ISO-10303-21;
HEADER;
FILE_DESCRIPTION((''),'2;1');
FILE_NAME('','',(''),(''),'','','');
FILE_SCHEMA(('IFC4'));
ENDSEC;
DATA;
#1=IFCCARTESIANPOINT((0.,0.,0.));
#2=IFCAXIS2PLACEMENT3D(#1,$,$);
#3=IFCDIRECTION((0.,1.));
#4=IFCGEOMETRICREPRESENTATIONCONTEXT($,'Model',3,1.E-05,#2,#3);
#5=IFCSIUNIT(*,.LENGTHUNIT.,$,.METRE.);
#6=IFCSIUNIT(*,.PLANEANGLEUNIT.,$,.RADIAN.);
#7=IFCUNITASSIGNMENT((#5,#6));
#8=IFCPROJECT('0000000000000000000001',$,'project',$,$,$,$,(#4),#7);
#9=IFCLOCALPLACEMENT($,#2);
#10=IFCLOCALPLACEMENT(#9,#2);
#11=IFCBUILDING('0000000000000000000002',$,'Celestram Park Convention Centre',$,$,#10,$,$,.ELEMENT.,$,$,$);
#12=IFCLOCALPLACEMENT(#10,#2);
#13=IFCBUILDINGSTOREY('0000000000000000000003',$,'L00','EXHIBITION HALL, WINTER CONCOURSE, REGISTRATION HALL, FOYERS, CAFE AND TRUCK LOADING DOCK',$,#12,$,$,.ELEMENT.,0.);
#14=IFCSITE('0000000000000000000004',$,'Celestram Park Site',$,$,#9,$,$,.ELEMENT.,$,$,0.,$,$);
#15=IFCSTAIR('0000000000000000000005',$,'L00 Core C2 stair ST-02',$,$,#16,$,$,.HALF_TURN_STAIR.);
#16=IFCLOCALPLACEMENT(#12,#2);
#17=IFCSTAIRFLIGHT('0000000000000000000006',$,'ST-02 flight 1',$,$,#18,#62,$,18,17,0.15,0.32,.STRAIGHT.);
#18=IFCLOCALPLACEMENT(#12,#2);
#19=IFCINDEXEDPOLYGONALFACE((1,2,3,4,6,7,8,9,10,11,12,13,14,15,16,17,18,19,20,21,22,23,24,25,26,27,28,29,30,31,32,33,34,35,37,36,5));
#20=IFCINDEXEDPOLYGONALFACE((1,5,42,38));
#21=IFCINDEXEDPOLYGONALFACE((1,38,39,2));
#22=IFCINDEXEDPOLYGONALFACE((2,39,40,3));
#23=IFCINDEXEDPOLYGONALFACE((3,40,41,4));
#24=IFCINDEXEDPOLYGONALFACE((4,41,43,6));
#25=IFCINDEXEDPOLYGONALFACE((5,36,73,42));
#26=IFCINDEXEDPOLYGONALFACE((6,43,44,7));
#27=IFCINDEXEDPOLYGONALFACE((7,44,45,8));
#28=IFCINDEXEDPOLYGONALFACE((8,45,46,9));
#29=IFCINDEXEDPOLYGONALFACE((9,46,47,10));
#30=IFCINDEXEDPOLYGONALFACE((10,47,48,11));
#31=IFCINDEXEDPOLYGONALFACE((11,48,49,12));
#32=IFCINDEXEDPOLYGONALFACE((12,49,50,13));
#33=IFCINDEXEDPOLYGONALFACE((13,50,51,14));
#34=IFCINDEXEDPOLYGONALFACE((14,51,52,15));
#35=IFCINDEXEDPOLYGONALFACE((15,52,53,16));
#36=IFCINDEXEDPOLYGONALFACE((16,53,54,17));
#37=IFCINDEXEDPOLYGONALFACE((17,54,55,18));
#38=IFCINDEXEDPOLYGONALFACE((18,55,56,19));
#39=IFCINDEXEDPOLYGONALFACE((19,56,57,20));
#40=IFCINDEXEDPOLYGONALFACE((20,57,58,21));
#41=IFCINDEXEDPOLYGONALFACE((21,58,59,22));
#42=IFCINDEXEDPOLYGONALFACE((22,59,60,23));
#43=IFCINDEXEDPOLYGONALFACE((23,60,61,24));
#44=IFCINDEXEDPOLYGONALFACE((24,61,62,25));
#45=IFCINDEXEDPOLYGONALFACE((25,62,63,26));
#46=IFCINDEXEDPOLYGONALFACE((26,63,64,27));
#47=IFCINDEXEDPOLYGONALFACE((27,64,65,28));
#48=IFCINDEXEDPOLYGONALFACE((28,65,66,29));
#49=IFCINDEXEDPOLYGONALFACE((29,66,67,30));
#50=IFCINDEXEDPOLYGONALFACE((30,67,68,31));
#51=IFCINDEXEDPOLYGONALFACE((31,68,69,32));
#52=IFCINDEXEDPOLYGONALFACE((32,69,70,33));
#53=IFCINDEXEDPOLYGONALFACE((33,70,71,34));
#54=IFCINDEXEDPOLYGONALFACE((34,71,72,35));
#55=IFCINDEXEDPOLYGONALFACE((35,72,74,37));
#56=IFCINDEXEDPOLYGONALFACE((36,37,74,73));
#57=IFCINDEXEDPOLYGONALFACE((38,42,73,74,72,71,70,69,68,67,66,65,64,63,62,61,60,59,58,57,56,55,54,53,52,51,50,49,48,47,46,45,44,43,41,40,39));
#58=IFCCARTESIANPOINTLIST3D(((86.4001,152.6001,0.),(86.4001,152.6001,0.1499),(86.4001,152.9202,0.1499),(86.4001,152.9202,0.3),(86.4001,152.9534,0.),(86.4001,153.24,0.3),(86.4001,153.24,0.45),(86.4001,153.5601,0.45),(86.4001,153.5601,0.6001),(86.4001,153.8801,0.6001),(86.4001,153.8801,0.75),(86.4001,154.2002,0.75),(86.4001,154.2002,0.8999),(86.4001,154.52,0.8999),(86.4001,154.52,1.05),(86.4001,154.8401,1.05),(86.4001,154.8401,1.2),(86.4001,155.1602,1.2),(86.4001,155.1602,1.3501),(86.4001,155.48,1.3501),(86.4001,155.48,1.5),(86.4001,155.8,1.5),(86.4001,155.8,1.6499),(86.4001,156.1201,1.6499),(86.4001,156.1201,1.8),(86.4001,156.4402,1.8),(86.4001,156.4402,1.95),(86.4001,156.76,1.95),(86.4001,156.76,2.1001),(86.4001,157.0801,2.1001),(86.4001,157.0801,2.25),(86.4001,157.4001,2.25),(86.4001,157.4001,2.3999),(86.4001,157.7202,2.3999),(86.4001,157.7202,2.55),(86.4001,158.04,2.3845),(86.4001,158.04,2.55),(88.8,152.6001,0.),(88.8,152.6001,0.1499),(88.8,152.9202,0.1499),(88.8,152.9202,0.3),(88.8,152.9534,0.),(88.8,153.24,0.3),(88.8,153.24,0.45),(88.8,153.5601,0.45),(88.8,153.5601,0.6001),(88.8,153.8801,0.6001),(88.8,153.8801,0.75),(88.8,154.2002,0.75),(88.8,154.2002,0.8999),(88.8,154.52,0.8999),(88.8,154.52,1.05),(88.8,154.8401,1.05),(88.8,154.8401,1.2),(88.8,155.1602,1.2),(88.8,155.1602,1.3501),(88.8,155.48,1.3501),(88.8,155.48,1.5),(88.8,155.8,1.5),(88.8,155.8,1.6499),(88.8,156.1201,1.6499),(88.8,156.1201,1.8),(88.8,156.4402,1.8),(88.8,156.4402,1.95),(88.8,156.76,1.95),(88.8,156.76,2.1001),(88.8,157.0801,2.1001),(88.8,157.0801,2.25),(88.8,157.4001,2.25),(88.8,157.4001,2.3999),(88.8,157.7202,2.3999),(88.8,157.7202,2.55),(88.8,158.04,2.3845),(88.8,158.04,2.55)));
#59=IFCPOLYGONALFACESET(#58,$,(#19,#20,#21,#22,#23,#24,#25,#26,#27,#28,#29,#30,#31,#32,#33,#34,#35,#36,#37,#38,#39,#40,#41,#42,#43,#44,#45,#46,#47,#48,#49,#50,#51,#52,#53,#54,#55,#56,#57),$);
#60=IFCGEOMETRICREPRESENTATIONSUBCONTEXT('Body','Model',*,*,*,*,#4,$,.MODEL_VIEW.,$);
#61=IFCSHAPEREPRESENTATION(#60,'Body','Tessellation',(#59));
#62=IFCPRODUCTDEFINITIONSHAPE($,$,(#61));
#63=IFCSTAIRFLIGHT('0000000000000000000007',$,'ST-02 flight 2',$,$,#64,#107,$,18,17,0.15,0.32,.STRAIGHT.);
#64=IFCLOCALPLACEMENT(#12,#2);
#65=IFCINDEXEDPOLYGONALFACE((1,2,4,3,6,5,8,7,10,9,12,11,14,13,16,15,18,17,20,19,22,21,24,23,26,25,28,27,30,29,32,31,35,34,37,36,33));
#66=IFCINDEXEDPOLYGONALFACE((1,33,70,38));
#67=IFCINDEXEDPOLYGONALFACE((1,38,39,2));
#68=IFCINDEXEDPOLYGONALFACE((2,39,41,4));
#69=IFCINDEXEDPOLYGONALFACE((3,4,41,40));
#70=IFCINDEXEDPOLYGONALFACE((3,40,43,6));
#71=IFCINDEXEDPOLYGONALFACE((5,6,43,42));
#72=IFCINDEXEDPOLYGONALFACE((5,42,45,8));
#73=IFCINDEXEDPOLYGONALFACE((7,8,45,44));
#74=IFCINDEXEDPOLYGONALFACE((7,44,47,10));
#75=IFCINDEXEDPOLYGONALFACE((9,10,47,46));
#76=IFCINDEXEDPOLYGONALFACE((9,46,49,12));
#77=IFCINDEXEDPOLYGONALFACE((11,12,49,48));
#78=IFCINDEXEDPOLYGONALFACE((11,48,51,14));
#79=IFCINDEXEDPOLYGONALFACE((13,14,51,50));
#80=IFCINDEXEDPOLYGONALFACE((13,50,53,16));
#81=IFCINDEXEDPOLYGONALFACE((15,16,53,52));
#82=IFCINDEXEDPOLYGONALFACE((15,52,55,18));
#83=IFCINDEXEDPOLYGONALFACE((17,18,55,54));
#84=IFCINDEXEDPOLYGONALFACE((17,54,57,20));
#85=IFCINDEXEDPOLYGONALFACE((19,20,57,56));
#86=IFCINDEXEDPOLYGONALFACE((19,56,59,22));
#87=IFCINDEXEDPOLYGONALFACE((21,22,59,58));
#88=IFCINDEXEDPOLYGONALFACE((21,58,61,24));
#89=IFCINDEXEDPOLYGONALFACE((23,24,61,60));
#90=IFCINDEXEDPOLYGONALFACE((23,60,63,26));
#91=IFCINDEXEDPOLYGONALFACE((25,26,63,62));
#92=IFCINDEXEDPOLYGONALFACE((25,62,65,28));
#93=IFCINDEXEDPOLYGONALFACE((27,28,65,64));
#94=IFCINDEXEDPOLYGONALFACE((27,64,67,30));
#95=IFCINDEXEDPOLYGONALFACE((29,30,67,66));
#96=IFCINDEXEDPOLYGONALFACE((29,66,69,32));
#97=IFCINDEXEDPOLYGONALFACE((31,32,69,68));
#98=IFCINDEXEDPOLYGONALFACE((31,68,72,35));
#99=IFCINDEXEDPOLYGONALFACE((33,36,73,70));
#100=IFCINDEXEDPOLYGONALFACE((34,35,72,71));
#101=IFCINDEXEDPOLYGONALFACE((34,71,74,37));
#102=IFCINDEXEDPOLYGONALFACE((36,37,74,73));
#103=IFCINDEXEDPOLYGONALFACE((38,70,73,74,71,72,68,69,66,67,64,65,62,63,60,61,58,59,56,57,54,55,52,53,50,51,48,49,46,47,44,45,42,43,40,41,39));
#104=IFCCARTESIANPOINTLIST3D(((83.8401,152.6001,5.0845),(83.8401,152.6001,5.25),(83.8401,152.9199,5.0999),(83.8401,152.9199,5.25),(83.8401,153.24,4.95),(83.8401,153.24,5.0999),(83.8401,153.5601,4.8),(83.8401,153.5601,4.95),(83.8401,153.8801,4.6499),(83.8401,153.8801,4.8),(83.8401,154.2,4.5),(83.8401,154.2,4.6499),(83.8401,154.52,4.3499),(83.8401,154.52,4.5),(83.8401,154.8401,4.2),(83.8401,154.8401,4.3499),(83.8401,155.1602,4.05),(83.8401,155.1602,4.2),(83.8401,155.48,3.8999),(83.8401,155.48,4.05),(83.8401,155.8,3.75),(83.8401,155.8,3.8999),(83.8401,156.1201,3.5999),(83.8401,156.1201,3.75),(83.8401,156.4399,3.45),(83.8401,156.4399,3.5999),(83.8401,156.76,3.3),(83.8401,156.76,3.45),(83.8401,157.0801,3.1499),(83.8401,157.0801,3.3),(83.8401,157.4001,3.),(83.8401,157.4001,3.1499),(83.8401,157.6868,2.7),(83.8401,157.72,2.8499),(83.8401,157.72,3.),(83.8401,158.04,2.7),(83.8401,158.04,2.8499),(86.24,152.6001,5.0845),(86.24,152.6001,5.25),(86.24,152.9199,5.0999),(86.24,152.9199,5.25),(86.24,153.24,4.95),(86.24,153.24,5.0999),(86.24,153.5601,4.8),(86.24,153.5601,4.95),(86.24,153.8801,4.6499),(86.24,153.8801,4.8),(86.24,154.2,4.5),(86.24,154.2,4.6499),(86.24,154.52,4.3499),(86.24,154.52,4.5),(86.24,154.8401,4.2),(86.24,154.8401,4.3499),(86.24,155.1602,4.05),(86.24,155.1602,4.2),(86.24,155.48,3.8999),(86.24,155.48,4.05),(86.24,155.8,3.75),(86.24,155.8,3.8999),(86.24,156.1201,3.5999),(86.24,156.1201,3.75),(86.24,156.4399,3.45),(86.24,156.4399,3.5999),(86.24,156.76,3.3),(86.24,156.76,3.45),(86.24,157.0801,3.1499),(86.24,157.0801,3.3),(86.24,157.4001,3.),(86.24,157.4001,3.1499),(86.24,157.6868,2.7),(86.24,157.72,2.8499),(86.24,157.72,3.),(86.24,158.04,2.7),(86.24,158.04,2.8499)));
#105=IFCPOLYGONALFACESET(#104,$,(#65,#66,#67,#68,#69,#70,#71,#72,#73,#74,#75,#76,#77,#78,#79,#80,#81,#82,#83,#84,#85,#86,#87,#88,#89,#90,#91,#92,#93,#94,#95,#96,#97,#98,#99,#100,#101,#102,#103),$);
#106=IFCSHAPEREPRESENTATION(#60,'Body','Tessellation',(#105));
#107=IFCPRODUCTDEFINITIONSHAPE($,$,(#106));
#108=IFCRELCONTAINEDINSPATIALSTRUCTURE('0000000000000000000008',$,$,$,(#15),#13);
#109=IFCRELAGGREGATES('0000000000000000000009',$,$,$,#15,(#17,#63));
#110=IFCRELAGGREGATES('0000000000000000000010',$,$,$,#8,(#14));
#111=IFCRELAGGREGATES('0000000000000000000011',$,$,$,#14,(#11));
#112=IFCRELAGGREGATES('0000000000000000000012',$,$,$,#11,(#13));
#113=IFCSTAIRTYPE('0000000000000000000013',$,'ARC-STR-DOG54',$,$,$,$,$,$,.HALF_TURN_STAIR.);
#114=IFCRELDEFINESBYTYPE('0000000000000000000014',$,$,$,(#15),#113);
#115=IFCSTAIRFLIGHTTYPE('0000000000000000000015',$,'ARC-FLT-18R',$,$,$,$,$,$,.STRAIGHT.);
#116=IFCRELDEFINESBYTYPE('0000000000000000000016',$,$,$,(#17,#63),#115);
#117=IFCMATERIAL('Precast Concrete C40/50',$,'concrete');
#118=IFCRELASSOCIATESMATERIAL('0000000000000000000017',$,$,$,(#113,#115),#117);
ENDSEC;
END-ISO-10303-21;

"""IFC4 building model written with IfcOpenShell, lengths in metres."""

from ifc_helpers import new_model, si_unit, direction, frame, origin, place, context, subcontext, project, spatial, polyline, outline, extrude, material, type_object, element, aggregate, save


model = new_model("IFC4")

# Units and contexts
model_context = context("Model", 3, precision=1e-05, world=origin(), true_north=direction((0.0, 1.0)))
body_context = subcontext(model_context, "Body", "Model", "MODEL_VIEW")
ifc_project = project(units=[si_unit("LENGTHUNIT", "METRE"), si_unit("PLANEANGLEUNIT", "RADIAN")], contexts=[model_context])

# Site, building, storey
site_placement = place(None, origin())
site = spatial("IfcSite", under=ifc_project, at=site_placement, Name="Celestram Park Site", CompositionType="ELEMENT", RefElevation=0.0)
building_placement = place(site_placement, origin())
building = spatial("IfcBuilding", under=site, at=building_placement, Name="Celestram Park Convention Centre", CompositionType="ELEMENT")
storey_placement = place(building_placement, origin())
storey = spatial("IfcBuildingStorey", under=building, at=storey_placement, Name="L00", Description="EXHIBITION HALL, WINTER CONCOURSE, REGISTRATION HALL, FOYERS, CAFE AND TRUCK LOADING DOCK", CompositionType="ELEMENT", Elevation=0.0)

# Shared definitions
ifc_material_1 = material(Name="Precast Concrete C40/50", Category="concrete")

# Stair, stair flights
stair_type = type_object("IfcStairType", Name="ARC-STR-DOG54", PredefinedType="HALF_TURN_STAIR", material=ifc_material_1)
stair_placement = place(storey_placement, origin())
stair = element("IfcStair", 1, at=stair_placement, inside=storey, type_object=stair_type, Name="L00 Core C2 stair ST-02", PredefinedType="HALF_TURN_STAIR")
stair_flight_type = type_object("IfcStairFlightType", Name="ARC-FLT-18R", PredefinedType="STRAIGHT", material=ifc_material_1)
stair_flight_1_placement = place(storey_placement, frame((87.6001, 152.6001, 0.0), z_axis=(0.0, 0.0, 1.0), x_axis=(0.0, 1.0, 0.0)))
stair_flight_1 = element("IfcStairFlight", 2, at=stair_flight_1_placement, type_object=stair_flight_type, Name="ST-02 flight 1", NumberOfRisers=18, NumberOfTreads=17, PredefinedType="STRAIGHT", RiserHeight=0.15, TreadLength=0.32, context=body_context, shape_type="SweptSolid", body=[
    extrude(outline(polyline([(0.0, 0.0), (0.0, 0.1499), (0.3201, 0.1499), (0.3201, 0.3), (0.6399, 0.3), (0.6399, 0.45), (0.96, 0.45), (0.96, 0.6001), (1.28, 0.6001), (1.28, 0.75), (1.6001, 0.75), (1.6001, 0.8999), (1.9199, 0.8999), (1.9199, 1.05), (2.24, 1.05), (2.24, 1.2), (2.5601, 1.2), (2.5601, 1.3501), (2.8799, 1.3501), (2.8799, 1.5), (3.2, 1.5), (3.2, 1.6499), (3.52, 1.6499), (3.52, 1.8), (3.8401, 1.8), (3.8401, 1.95), (4.1599, 1.95), (4.1599, 2.1001), (4.48, 2.1001), (4.48, 2.25), (4.8, 2.25), (4.8, 2.3999), (5.1201, 2.3999), (5.1201, 2.55), (5.4399, 2.55), (5.4399, 2.7), (5.4399, 2.3845), (0.3533, 0.0), (0.0, 0.0)])), frame((0.0, 1.2, 0.0), z_axis=(0.0, -1.0, 0.0), x_axis=(1.0, 0.0, 0.0)), (0.0, 0.0, 1.0), 2.3999),
])
stair_flight_2_placement = place(storey_placement, frame((85.04, 158.04, 2.7), z_axis=(0.0, 0.0, 1.0), x_axis=(0.0, -1.0, 0.0)))
stair_flight_2 = element("IfcStairFlight", 3, at=stair_flight_2_placement, type_object=stair_flight_type, Name="ST-02 flight 2", NumberOfRisers=18, NumberOfTreads=17, PredefinedType="STRAIGHT", RiserHeight=0.15, TreadLength=0.32, context=body_context, shape_type="SweptSolid", body=[
    extrude(outline(polyline([(0.0, 0.0), (0.0, 0.1499), (0.3201, 0.1499), (0.3201, 0.3), (0.6399, 0.3), (0.6399, 0.45), (0.96, 0.45), (0.96, 0.6001), (1.28, 0.6001), (1.28, 0.75), (1.6001, 0.75), (1.6001, 0.8999), (1.9199, 0.8999), (1.9199, 1.05), (2.24, 1.05), (2.24, 1.2), (2.5601, 1.2), (2.5601, 1.3501), (2.8799, 1.3501), (2.8799, 1.5), (3.2, 1.5), (3.2, 1.6499), (3.52, 1.6499), (3.52, 1.8), (3.8401, 1.8), (3.8401, 1.95), (4.1599, 1.95), (4.1599, 2.1001), (4.48, 2.1001), (4.48, 2.25), (4.8, 2.25), (4.8, 2.3999), (5.1201, 2.3999), (5.1201, 2.55), (5.4399, 2.55), (5.4399, 2.7), (5.4399, 2.3845), (0.3533, 0.0), (0.0, 0.0)])), frame((0.0, 1.2, 0.0), z_axis=(0.0, -1.0, 0.0), x_axis=(1.0, 0.0, 0.0)), (0.0, 0.0, 1.0), 2.3999),
])
aggregate(stair, [stair_flight_1, stair_flight_2])

save(model, "model.ifc")
